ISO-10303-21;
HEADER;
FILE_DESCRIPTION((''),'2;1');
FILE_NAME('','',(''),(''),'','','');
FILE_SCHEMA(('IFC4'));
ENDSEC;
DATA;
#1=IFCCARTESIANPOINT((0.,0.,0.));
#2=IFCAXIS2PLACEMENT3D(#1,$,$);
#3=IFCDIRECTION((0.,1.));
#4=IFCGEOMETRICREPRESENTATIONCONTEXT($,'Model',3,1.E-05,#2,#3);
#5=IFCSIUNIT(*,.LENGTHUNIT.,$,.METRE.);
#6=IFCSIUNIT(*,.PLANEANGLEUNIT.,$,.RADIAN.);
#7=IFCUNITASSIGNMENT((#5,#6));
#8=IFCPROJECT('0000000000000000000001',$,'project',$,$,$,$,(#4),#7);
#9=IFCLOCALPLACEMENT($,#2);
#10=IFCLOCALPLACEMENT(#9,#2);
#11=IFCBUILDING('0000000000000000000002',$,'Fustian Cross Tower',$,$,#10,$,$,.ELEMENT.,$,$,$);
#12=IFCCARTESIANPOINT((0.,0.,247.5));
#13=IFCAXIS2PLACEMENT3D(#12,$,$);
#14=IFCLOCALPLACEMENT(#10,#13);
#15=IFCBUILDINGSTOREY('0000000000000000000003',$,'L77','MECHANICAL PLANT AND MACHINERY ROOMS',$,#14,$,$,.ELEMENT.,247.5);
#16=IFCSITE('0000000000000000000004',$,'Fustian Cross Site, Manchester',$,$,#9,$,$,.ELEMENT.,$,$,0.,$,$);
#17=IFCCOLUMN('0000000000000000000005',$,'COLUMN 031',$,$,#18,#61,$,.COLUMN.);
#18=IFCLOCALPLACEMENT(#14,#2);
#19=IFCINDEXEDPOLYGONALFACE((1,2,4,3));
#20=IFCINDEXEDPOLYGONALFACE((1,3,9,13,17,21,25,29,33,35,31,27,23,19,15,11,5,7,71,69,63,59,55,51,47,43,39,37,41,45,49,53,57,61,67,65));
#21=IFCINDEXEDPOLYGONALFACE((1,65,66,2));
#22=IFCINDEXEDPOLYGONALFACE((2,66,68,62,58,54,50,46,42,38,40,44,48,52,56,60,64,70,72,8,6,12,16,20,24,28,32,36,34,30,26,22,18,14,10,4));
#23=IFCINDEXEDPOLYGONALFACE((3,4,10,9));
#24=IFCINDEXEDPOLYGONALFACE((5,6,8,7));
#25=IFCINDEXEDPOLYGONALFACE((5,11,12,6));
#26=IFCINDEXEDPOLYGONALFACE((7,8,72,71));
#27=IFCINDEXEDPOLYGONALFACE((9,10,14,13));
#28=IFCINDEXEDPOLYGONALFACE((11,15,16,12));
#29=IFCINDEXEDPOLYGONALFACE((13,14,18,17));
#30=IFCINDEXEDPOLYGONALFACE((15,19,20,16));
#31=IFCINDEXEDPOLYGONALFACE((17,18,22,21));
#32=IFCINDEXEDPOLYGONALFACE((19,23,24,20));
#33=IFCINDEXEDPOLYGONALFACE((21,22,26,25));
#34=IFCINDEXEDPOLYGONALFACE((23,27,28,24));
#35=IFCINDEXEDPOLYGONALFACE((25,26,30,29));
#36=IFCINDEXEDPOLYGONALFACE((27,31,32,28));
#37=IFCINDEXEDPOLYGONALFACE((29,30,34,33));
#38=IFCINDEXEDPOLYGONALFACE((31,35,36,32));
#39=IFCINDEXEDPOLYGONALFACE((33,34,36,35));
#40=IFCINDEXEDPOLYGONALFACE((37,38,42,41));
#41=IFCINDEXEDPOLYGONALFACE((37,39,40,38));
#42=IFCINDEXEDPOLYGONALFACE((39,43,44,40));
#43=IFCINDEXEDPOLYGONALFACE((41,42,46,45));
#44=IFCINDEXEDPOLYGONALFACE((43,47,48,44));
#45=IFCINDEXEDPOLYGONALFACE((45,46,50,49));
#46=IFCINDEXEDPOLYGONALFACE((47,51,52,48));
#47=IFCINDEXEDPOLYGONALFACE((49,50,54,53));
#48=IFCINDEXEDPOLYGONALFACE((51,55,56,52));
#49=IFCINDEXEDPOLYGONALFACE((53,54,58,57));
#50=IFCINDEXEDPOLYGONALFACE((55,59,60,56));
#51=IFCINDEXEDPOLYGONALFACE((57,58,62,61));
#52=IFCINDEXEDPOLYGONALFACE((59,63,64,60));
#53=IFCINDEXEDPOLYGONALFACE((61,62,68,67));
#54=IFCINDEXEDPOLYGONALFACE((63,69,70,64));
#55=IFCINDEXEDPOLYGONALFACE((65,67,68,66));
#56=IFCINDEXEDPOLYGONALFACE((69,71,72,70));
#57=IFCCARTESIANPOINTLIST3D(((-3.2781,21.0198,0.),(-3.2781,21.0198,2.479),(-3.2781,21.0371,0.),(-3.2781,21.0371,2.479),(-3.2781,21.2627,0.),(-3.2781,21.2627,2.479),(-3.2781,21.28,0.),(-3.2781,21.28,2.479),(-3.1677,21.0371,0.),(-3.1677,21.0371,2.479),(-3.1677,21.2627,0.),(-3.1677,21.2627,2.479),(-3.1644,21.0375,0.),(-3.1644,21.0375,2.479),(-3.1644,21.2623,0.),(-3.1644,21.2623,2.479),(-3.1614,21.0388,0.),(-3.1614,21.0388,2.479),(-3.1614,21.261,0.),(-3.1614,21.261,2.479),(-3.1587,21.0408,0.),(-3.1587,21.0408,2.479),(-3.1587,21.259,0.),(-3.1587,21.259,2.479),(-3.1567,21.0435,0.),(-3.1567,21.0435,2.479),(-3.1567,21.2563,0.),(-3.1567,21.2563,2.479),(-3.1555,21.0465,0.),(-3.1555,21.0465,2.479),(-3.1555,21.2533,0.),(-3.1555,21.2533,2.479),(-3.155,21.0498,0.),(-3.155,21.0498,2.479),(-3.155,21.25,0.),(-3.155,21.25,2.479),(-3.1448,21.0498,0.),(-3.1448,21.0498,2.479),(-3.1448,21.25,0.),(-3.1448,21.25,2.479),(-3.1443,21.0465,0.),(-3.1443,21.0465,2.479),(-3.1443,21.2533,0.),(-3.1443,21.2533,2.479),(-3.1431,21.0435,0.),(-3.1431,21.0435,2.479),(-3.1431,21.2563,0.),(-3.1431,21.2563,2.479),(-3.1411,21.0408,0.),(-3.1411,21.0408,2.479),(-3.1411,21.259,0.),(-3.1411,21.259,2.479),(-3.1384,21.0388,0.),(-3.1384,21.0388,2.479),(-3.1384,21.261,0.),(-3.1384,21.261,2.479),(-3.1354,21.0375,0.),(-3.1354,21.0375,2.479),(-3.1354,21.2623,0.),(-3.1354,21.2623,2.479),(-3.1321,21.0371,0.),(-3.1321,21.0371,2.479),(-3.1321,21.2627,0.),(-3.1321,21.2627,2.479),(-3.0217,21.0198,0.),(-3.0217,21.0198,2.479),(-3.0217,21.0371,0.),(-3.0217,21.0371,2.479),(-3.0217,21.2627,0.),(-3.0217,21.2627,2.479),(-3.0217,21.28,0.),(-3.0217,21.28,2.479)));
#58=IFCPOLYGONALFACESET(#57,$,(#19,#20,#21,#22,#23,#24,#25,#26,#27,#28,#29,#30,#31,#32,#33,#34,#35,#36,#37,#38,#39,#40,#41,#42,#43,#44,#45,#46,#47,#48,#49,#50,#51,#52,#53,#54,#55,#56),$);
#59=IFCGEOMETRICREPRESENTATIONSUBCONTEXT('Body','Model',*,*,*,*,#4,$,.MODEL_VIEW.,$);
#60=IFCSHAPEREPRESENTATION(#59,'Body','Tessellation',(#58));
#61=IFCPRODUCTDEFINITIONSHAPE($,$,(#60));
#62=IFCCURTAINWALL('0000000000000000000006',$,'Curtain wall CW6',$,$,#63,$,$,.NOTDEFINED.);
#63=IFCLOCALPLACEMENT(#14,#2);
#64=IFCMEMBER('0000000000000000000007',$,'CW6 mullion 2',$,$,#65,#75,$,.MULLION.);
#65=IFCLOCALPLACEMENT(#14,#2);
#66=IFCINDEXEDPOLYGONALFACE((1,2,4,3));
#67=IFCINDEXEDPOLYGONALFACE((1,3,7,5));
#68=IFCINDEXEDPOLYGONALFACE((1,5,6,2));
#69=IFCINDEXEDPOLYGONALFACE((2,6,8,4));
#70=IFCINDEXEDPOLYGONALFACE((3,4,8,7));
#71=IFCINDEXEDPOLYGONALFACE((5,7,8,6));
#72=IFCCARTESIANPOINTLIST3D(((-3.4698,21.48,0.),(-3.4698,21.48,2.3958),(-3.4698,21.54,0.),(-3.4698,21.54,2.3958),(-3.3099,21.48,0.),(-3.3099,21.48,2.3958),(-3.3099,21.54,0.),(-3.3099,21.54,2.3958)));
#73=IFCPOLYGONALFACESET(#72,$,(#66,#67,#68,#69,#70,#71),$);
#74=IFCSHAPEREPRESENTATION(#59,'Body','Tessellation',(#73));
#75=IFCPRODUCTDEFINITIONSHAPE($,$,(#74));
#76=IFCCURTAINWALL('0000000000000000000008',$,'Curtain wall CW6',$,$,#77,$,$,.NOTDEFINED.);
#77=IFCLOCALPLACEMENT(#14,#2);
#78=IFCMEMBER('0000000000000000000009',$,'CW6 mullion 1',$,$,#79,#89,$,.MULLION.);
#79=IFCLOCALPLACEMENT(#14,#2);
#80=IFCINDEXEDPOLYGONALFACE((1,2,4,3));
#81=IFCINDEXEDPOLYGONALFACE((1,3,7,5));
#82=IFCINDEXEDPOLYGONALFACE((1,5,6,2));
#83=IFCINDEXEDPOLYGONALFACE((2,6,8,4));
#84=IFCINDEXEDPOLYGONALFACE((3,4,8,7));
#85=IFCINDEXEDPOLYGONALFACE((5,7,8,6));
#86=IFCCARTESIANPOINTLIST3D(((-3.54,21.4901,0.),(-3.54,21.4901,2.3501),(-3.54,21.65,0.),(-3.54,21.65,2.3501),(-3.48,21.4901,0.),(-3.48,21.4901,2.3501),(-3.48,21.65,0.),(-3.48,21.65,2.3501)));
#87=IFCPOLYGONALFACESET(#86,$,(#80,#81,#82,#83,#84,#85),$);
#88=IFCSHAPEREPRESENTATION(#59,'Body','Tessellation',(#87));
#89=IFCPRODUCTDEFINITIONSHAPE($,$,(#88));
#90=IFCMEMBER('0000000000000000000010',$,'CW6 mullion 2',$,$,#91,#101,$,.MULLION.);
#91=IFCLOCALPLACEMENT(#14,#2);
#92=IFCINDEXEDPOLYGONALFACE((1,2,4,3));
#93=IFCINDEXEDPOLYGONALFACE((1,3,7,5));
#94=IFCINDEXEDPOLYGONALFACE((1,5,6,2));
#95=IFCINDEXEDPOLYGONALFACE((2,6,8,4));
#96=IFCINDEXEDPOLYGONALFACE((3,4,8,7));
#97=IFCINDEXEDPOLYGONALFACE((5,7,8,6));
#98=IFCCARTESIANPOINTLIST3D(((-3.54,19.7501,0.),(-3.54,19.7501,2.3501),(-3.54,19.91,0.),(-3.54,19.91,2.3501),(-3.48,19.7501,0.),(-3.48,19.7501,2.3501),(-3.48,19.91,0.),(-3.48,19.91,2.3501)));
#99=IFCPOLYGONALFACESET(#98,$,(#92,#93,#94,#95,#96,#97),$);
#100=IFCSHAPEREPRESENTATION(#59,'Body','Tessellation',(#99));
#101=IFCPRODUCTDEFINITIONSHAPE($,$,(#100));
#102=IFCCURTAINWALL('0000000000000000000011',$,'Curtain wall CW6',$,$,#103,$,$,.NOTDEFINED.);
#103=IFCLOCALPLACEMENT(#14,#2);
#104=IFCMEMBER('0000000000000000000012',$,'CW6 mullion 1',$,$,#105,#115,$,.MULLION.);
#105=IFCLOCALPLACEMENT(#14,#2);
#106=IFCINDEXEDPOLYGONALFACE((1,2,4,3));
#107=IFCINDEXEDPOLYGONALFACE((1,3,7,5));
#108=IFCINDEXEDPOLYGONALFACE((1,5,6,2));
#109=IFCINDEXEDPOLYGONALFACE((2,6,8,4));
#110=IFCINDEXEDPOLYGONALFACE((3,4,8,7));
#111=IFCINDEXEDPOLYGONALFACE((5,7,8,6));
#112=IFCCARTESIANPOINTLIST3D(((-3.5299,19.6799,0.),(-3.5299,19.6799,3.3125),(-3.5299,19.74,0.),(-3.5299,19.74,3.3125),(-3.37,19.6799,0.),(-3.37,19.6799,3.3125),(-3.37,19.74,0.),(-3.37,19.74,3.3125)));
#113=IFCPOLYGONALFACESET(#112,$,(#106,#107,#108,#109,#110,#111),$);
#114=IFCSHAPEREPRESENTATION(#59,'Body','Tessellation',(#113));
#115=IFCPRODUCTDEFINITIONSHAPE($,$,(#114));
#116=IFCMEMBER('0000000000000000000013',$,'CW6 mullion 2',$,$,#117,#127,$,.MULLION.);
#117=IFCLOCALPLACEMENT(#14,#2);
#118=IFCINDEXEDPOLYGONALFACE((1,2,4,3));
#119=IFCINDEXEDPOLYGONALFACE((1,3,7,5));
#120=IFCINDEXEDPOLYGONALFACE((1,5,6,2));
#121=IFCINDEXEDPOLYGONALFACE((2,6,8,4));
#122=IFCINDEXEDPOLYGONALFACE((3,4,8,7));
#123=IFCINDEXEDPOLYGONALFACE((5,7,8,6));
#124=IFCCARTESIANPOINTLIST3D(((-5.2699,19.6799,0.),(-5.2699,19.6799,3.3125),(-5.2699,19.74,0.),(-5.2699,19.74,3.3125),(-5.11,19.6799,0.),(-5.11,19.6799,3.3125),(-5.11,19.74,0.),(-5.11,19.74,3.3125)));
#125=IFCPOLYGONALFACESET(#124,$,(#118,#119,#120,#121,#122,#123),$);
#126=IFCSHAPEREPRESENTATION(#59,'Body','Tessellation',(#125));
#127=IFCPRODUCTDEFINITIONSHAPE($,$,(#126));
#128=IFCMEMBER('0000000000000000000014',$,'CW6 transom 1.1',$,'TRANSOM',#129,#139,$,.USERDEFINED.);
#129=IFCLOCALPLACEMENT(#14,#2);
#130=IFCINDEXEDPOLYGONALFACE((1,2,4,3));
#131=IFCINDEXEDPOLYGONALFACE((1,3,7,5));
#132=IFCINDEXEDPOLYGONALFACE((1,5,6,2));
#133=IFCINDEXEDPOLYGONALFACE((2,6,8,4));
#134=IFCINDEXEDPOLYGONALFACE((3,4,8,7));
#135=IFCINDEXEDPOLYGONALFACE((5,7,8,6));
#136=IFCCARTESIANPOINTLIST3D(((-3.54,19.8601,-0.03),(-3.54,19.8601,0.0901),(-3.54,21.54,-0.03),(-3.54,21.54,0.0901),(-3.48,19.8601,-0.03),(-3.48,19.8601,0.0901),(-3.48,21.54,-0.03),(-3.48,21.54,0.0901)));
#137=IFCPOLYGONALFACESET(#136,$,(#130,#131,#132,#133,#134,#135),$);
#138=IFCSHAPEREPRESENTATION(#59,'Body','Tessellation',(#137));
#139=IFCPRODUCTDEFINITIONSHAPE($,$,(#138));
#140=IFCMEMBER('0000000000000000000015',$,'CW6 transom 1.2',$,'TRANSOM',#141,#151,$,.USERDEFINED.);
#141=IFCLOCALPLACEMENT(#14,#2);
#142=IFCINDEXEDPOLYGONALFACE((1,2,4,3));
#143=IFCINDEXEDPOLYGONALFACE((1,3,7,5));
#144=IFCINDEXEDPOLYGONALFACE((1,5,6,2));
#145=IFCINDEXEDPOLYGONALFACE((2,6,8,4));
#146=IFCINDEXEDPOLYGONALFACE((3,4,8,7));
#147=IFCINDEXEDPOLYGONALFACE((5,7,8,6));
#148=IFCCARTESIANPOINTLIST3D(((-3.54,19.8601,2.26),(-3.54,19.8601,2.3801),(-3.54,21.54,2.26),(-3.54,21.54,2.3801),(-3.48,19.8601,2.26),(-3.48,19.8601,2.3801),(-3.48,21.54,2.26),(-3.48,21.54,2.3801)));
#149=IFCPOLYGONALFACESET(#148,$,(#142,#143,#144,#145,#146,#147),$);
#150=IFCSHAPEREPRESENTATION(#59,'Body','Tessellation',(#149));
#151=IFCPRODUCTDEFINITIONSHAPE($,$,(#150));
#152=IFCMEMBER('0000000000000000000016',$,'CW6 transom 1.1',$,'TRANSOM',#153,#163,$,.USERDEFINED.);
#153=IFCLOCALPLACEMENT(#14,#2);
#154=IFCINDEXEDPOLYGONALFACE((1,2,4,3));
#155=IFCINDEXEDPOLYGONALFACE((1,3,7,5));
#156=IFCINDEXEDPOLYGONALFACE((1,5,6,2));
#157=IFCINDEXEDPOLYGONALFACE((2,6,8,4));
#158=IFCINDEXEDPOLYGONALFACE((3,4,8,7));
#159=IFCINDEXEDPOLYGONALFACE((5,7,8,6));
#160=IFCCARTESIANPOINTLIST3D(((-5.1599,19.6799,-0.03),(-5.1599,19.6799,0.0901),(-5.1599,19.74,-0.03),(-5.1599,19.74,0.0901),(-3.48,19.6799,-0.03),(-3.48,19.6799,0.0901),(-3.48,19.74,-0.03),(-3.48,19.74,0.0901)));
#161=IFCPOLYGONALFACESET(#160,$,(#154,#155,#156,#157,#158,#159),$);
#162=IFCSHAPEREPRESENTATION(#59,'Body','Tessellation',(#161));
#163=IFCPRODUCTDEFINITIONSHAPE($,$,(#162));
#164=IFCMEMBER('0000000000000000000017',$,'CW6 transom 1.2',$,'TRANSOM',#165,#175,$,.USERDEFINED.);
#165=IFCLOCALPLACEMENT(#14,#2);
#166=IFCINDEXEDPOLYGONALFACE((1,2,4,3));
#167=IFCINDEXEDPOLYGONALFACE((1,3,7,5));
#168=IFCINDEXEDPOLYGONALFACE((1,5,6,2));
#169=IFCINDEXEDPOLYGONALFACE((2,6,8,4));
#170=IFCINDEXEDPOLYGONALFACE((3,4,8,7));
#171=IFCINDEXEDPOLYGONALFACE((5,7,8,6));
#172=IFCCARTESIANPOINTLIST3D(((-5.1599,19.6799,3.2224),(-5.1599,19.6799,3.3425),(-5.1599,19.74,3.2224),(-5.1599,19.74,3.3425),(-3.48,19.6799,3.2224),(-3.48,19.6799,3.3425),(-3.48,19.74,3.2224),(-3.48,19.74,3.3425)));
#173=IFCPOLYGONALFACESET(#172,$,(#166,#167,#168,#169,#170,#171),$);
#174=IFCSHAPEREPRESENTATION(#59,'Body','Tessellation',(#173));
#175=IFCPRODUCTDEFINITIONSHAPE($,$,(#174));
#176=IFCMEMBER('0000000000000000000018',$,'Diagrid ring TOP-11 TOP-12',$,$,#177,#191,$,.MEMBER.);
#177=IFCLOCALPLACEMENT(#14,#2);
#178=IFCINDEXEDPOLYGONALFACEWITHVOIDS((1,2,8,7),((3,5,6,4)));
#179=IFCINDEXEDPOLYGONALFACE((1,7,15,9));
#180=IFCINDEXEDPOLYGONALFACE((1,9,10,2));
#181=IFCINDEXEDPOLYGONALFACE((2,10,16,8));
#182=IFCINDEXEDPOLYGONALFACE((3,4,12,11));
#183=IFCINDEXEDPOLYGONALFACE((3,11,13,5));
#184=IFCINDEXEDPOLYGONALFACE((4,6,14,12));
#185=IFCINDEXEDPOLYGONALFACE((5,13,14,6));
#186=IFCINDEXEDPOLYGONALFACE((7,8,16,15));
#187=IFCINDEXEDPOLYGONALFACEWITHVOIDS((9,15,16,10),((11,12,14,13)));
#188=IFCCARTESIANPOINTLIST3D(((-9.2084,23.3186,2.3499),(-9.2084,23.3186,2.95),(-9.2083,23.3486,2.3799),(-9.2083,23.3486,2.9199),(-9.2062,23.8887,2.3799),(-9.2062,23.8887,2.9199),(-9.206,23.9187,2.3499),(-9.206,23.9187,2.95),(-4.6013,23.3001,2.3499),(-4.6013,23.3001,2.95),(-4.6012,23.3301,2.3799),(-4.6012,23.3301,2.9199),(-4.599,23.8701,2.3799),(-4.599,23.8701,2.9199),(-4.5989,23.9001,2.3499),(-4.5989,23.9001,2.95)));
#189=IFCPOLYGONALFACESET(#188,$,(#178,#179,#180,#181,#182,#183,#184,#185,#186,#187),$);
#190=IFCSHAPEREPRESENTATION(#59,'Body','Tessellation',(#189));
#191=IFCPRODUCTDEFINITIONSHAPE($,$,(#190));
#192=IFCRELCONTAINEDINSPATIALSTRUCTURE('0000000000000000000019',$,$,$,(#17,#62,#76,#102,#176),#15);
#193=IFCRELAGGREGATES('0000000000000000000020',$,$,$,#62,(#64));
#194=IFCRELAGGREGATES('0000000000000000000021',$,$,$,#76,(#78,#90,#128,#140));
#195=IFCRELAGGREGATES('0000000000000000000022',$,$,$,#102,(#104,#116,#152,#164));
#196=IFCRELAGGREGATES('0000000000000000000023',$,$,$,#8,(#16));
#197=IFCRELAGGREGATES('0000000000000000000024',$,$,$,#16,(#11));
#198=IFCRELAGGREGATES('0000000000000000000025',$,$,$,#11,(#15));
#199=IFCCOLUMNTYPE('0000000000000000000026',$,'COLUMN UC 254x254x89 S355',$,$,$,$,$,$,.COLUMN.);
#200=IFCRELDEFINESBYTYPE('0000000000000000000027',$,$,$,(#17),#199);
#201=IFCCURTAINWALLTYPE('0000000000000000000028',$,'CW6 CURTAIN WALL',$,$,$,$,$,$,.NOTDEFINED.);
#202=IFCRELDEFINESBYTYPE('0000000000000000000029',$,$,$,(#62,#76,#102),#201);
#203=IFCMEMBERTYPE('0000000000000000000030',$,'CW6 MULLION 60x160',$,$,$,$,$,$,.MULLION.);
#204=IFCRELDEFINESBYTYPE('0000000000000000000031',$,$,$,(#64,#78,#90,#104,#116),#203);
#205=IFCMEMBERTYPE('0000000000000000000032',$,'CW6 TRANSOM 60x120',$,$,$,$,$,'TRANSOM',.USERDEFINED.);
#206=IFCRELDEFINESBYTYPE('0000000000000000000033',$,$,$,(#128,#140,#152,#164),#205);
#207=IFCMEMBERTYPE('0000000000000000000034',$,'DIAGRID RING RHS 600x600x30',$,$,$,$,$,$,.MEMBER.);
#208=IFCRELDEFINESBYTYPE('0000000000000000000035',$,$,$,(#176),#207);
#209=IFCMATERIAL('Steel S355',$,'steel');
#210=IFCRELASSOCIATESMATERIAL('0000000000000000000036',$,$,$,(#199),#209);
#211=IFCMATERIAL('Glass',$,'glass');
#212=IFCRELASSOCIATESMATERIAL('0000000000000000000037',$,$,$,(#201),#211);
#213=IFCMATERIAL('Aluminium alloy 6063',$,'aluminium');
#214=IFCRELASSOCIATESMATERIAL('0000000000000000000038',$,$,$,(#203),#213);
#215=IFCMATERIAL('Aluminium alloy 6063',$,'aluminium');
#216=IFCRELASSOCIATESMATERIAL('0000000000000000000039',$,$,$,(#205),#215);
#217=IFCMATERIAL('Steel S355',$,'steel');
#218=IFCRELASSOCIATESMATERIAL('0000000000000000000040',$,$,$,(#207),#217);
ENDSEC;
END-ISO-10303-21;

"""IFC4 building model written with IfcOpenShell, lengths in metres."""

from ifc_helpers import new_model, si_unit, direction, frame, origin, origin_2d, place, context, subcontext, project, spatial, rectangle, hollow_rectangle, i_section, extrude, material, material_profile, profile_set, type_object, element, aggregate, save


model = new_model("IFC4")

# Units and contexts
model_context = context("Model", 3, precision=1e-05, world=origin(), true_north=direction((0.0, 1.0)))
body_context = subcontext(model_context, "Body", "Model", "MODEL_VIEW")
ifc_project = project(units=[si_unit("LENGTHUNIT", "METRE"), si_unit("PLANEANGLEUNIT", "RADIAN")], contexts=[model_context])

# Site, building, storey
site_placement = place(None, origin())
site = spatial("IfcSite", under=ifc_project, at=site_placement, Name="Fustian Cross Site, Manchester", CompositionType="ELEMENT", RefElevation=0.0)
building_placement = place(site_placement, origin())
building = spatial("IfcBuilding", under=site, at=building_placement, Name="Fustian Cross Tower", CompositionType="ELEMENT")
storey_placement = place(building_placement, frame((0.0, 0.0, 247.5)))
storey = spatial("IfcBuildingStorey", under=building, at=storey_placement, Name="L77", Description="MECHANICAL PLANT AND MACHINERY ROOMS", CompositionType="ELEMENT", Elevation=247.5)

# Column
ifc_material_1 = material(Name="Steel S355", Category="steel")
ifc_material_profile_1 = material_profile(ifc_material_1, i_section(OverallWidth=0.2563, OverallDepth=0.2603, WebThickness=0.0103, FlangeThickness=0.0173, FilletRadius=0.0127, at=origin_2d()), Name="UC 254x254x89")
ifc_profile_set_1 = profile_set([ifc_material_profile_1], Name="Steel S355")
column_type = type_object("IfcColumnType", Name="COLUMN UC 254x254x89 S355", PredefinedType="COLUMN", material=ifc_profile_set_1)
column_placement = place(storey_placement, frame((-3.1499, 21.1499, 0.0), z_axis=(0.0, 0.0, 1.0), x_axis=(1.0, 0.0, 0.0)))
element("IfcColumn", 1, at=column_placement, inside=storey, type_object=column_type, Name="COLUMN 031", PredefinedType="COLUMN", context=body_context, shape_type="SweptSolid", body=[
    extrude(i_section(OverallWidth=0.2563, OverallDepth=0.2603, WebThickness=0.0103, FlangeThickness=0.0173, FilletRadius=0.0127, at=origin_2d()), origin(), (0.0, 0.0, 1.0), 2.479),
])

# Curtain wall, member
ifc_material_2 = material(Name="Glass", Category="glass")
curtain_wall_type = type_object("IfcCurtainWallType", Name="CW6 CURTAIN WALL", PredefinedType="NOTDEFINED", material=ifc_material_2)
curtain_wall_1_placement = place(storey_placement, origin())
curtain_wall_1 = element("IfcCurtainWall", 2, at=curtain_wall_1_placement, inside=storey, type_object=curtain_wall_type, Name="Curtain wall CW6", PredefinedType="NOTDEFINED")
ifc_material_3 = material(Name="Aluminium alloy 6063", Category="aluminium")
ifc_material_profile_2 = material_profile(ifc_material_3, rectangle(XDim=0.0601, YDim=0.1599, at=origin_2d()), Name="CW6 MULLION 60x160")
ifc_profile_set_2 = profile_set([ifc_material_profile_2], Name="Aluminium alloy 6063")
member_type_1 = type_object("IfcMemberType", Name="CW6 MULLION 60x160", PredefinedType="MULLION", material=ifc_profile_set_2)
member_1_placement = place(storey_placement, frame((-3.3899, 21.51, 0.0), z_axis=(0.0, 0.0, 1.0), x_axis=(0.0, -1.0, 0.0)))
member_1 = element("IfcMember", 3, at=member_1_placement, type_object=member_type_1, Name="CW6 mullion 2", PredefinedType="MULLION", context=body_context, shape_type="SweptSolid", body=[
    extrude(rectangle(XDim=0.0601, YDim=0.1599, at=origin_2d()), origin(), (0.0, 0.0, 1.0), 2.3958),
])

# Curtain walls, members
curtain_wall_2_placement = place(storey_placement, origin())
curtain_wall_2 = element("IfcCurtainWall", 4, at=curtain_wall_2_placement, inside=storey, type_object=curtain_wall_type, Name="Curtain wall CW6", PredefinedType="NOTDEFINED")
member_2_placement = place(storey_placement, frame((-3.51, 21.5701, 0.0), z_axis=(0.0, 0.0, 1.0), x_axis=(1.0, 0.0, 0.0)))
member_2 = element("IfcMember", 5, at=member_2_placement, type_object=member_type_1, Name="CW6 mullion 1", PredefinedType="MULLION", context=body_context, shape_type="SweptSolid", body=[
    extrude(rectangle(XDim=0.0601, YDim=0.1599, at=origin_2d()), origin(), (0.0, 0.0, 1.0), 2.3501),
])
member_3_placement = place(storey_placement, frame((-3.51, 19.8301, 0.0), z_axis=(0.0, 0.0, 1.0), x_axis=(1.0, 0.0, 0.0)))
member_3 = element("IfcMember", 6, at=member_3_placement, type_object=member_type_1, Name="CW6 mullion 2", PredefinedType="MULLION", context=body_context, shape_type="SweptSolid", body=[
    extrude(rectangle(XDim=0.0601, YDim=0.1599, at=origin_2d()), origin(), (0.0, 0.0, 1.0), 2.3501),
])
curtain_wall_3_placement = place(storey_placement, origin())
curtain_wall_3 = element("IfcCurtainWall", 7, at=curtain_wall_3_placement, inside=storey, type_object=curtain_wall_type, Name="Curtain wall CW6", PredefinedType="NOTDEFINED")
member_4_placement = place(storey_placement, frame((-3.45, 19.71, 0.0), z_axis=(0.0, 0.0, 1.0), x_axis=(0.0, -1.0, 0.0)))
member_4 = element("IfcMember", 8, at=member_4_placement, type_object=member_type_1, Name="CW6 mullion 1", PredefinedType="MULLION", context=body_context, shape_type="SweptSolid", body=[
    extrude(rectangle(XDim=0.0601, YDim=0.1599, at=origin_2d()), origin(), (0.0, 0.0, 1.0), 3.3125),
])
member_5_placement = place(storey_placement, frame((-5.1899, 19.71, 0.0), z_axis=(0.0, 0.0, 1.0), x_axis=(0.0, -1.0, 0.0)))
member_5 = element("IfcMember", 9, at=member_5_placement, type_object=member_type_1, Name="CW6 mullion 2", PredefinedType="MULLION", context=body_context, shape_type="SweptSolid", body=[
    extrude(rectangle(XDim=0.0601, YDim=0.1599, at=origin_2d()), origin(), (0.0, 0.0, 1.0), 3.3125),
])

# Members
ifc_material_4 = material(Name="Aluminium alloy 6063", Category="aluminium")
ifc_material_profile_3 = material_profile(ifc_material_4, rectangle(XDim=0.0601, YDim=0.1201, at=origin_2d()), Name="CW6 TRANSOM 60x120")
ifc_profile_set_3 = profile_set([ifc_material_profile_3], Name="Aluminium alloy 6063")
member_type_2 = type_object("IfcMemberType", Name="CW6 TRANSOM 60x120", ElementType="TRANSOM", PredefinedType="USERDEFINED", material=ifc_profile_set_3)
member_6_placement = place(storey_placement, frame((-3.51, 21.54, 0.03), z_axis=(0.0, -1.0, 0.0), x_axis=(1.0, 0.0, 0.0)))
member_6 = element("IfcMember", 10, at=member_6_placement, type_object=member_type_2, Name="CW6 transom 1.1", ObjectType="TRANSOM", PredefinedType="USERDEFINED", context=body_context, shape_type="SweptSolid", body=[
    extrude(rectangle(XDim=0.0601, YDim=0.1201, at=origin_2d()), origin(), (0.0, 0.0, 1.0), 1.6799),
])
member_7_placement = place(storey_placement, frame((-3.51, 21.54, 2.3201), z_axis=(0.0, -1.0, 0.0), x_axis=(1.0, 0.0, 0.0)))
member_7 = element("IfcMember", 11, at=member_7_placement, type_object=member_type_2, Name="CW6 transom 1.2", ObjectType="TRANSOM", PredefinedType="USERDEFINED", context=body_context, shape_type="SweptSolid", body=[
    extrude(rectangle(XDim=0.0601, YDim=0.1201, at=origin_2d()), origin(), (0.0, 0.0, 1.0), 1.6799),
])
member_8_placement = place(storey_placement, frame((-3.48, 19.71, 0.03), z_axis=(-1.0, 0.0, 0.0), x_axis=(0.0, -1.0, 0.0)))
member_8 = element("IfcMember", 12, at=member_8_placement, type_object=member_type_2, Name="CW6 transom 1.1", ObjectType="TRANSOM", PredefinedType="USERDEFINED", context=body_context, shape_type="SweptSolid", body=[
    extrude(rectangle(XDim=0.0601, YDim=0.1201, at=origin_2d()), origin(), (0.0, 0.0, 1.0), 1.6799),
])
member_9_placement = place(storey_placement, frame((-3.48, 19.71, 3.2825), z_axis=(-1.0, 0.0, 0.0), x_axis=(0.0, -1.0, 0.0)))
member_9 = element("IfcMember", 13, at=member_9_placement, type_object=member_type_2, Name="CW6 transom 1.2", ObjectType="TRANSOM", PredefinedType="USERDEFINED", context=body_context, shape_type="SweptSolid", body=[
    extrude(rectangle(XDim=0.0601, YDim=0.1201, at=origin_2d()), origin(), (0.0, 0.0, 1.0), 1.6799),
])

# Member
ifc_material_5 = material(Name="Steel S355", Category="steel")
ifc_material_profile_4 = material_profile(ifc_material_5, hollow_rectangle(XDim=0.6001, YDim=0.6001, WallThickness=0.03, at=origin_2d()), Name="RHS 600x600x30")
ifc_profile_set_4 = profile_set([ifc_material_profile_4], Name="Steel S355")
member_type_3 = type_object("IfcMemberType", Name="DIAGRID RING RHS 600x600x30", PredefinedType="MEMBER", material=ifc_profile_set_4)
member_10_placement = place(storey_placement, frame((-4.6001, 23.6001, 2.6499), z_axis=(-0.999992, 0.004027, 0.0), x_axis=(-0.004027, -0.999992, 0.0)))
element("IfcMember", 14, at=member_10_placement, inside=storey, type_object=member_type_3, Name="Diagrid ring TOP-11 TOP-12", PredefinedType="MEMBER", context=body_context, shape_type="SweptSolid", body=[
    extrude(hollow_rectangle(XDim=0.6001, YDim=0.6001, WallThickness=0.03, at=origin_2d()), origin(), (0.0, 0.0, 1.0), 4.6072),
])

aggregate(curtain_wall_1, [member_1])
aggregate(curtain_wall_2, [member_2, member_3, member_6, member_7])
aggregate(curtain_wall_3, [member_4, member_5, member_8, member_9])

save(model, "model.ifc")
